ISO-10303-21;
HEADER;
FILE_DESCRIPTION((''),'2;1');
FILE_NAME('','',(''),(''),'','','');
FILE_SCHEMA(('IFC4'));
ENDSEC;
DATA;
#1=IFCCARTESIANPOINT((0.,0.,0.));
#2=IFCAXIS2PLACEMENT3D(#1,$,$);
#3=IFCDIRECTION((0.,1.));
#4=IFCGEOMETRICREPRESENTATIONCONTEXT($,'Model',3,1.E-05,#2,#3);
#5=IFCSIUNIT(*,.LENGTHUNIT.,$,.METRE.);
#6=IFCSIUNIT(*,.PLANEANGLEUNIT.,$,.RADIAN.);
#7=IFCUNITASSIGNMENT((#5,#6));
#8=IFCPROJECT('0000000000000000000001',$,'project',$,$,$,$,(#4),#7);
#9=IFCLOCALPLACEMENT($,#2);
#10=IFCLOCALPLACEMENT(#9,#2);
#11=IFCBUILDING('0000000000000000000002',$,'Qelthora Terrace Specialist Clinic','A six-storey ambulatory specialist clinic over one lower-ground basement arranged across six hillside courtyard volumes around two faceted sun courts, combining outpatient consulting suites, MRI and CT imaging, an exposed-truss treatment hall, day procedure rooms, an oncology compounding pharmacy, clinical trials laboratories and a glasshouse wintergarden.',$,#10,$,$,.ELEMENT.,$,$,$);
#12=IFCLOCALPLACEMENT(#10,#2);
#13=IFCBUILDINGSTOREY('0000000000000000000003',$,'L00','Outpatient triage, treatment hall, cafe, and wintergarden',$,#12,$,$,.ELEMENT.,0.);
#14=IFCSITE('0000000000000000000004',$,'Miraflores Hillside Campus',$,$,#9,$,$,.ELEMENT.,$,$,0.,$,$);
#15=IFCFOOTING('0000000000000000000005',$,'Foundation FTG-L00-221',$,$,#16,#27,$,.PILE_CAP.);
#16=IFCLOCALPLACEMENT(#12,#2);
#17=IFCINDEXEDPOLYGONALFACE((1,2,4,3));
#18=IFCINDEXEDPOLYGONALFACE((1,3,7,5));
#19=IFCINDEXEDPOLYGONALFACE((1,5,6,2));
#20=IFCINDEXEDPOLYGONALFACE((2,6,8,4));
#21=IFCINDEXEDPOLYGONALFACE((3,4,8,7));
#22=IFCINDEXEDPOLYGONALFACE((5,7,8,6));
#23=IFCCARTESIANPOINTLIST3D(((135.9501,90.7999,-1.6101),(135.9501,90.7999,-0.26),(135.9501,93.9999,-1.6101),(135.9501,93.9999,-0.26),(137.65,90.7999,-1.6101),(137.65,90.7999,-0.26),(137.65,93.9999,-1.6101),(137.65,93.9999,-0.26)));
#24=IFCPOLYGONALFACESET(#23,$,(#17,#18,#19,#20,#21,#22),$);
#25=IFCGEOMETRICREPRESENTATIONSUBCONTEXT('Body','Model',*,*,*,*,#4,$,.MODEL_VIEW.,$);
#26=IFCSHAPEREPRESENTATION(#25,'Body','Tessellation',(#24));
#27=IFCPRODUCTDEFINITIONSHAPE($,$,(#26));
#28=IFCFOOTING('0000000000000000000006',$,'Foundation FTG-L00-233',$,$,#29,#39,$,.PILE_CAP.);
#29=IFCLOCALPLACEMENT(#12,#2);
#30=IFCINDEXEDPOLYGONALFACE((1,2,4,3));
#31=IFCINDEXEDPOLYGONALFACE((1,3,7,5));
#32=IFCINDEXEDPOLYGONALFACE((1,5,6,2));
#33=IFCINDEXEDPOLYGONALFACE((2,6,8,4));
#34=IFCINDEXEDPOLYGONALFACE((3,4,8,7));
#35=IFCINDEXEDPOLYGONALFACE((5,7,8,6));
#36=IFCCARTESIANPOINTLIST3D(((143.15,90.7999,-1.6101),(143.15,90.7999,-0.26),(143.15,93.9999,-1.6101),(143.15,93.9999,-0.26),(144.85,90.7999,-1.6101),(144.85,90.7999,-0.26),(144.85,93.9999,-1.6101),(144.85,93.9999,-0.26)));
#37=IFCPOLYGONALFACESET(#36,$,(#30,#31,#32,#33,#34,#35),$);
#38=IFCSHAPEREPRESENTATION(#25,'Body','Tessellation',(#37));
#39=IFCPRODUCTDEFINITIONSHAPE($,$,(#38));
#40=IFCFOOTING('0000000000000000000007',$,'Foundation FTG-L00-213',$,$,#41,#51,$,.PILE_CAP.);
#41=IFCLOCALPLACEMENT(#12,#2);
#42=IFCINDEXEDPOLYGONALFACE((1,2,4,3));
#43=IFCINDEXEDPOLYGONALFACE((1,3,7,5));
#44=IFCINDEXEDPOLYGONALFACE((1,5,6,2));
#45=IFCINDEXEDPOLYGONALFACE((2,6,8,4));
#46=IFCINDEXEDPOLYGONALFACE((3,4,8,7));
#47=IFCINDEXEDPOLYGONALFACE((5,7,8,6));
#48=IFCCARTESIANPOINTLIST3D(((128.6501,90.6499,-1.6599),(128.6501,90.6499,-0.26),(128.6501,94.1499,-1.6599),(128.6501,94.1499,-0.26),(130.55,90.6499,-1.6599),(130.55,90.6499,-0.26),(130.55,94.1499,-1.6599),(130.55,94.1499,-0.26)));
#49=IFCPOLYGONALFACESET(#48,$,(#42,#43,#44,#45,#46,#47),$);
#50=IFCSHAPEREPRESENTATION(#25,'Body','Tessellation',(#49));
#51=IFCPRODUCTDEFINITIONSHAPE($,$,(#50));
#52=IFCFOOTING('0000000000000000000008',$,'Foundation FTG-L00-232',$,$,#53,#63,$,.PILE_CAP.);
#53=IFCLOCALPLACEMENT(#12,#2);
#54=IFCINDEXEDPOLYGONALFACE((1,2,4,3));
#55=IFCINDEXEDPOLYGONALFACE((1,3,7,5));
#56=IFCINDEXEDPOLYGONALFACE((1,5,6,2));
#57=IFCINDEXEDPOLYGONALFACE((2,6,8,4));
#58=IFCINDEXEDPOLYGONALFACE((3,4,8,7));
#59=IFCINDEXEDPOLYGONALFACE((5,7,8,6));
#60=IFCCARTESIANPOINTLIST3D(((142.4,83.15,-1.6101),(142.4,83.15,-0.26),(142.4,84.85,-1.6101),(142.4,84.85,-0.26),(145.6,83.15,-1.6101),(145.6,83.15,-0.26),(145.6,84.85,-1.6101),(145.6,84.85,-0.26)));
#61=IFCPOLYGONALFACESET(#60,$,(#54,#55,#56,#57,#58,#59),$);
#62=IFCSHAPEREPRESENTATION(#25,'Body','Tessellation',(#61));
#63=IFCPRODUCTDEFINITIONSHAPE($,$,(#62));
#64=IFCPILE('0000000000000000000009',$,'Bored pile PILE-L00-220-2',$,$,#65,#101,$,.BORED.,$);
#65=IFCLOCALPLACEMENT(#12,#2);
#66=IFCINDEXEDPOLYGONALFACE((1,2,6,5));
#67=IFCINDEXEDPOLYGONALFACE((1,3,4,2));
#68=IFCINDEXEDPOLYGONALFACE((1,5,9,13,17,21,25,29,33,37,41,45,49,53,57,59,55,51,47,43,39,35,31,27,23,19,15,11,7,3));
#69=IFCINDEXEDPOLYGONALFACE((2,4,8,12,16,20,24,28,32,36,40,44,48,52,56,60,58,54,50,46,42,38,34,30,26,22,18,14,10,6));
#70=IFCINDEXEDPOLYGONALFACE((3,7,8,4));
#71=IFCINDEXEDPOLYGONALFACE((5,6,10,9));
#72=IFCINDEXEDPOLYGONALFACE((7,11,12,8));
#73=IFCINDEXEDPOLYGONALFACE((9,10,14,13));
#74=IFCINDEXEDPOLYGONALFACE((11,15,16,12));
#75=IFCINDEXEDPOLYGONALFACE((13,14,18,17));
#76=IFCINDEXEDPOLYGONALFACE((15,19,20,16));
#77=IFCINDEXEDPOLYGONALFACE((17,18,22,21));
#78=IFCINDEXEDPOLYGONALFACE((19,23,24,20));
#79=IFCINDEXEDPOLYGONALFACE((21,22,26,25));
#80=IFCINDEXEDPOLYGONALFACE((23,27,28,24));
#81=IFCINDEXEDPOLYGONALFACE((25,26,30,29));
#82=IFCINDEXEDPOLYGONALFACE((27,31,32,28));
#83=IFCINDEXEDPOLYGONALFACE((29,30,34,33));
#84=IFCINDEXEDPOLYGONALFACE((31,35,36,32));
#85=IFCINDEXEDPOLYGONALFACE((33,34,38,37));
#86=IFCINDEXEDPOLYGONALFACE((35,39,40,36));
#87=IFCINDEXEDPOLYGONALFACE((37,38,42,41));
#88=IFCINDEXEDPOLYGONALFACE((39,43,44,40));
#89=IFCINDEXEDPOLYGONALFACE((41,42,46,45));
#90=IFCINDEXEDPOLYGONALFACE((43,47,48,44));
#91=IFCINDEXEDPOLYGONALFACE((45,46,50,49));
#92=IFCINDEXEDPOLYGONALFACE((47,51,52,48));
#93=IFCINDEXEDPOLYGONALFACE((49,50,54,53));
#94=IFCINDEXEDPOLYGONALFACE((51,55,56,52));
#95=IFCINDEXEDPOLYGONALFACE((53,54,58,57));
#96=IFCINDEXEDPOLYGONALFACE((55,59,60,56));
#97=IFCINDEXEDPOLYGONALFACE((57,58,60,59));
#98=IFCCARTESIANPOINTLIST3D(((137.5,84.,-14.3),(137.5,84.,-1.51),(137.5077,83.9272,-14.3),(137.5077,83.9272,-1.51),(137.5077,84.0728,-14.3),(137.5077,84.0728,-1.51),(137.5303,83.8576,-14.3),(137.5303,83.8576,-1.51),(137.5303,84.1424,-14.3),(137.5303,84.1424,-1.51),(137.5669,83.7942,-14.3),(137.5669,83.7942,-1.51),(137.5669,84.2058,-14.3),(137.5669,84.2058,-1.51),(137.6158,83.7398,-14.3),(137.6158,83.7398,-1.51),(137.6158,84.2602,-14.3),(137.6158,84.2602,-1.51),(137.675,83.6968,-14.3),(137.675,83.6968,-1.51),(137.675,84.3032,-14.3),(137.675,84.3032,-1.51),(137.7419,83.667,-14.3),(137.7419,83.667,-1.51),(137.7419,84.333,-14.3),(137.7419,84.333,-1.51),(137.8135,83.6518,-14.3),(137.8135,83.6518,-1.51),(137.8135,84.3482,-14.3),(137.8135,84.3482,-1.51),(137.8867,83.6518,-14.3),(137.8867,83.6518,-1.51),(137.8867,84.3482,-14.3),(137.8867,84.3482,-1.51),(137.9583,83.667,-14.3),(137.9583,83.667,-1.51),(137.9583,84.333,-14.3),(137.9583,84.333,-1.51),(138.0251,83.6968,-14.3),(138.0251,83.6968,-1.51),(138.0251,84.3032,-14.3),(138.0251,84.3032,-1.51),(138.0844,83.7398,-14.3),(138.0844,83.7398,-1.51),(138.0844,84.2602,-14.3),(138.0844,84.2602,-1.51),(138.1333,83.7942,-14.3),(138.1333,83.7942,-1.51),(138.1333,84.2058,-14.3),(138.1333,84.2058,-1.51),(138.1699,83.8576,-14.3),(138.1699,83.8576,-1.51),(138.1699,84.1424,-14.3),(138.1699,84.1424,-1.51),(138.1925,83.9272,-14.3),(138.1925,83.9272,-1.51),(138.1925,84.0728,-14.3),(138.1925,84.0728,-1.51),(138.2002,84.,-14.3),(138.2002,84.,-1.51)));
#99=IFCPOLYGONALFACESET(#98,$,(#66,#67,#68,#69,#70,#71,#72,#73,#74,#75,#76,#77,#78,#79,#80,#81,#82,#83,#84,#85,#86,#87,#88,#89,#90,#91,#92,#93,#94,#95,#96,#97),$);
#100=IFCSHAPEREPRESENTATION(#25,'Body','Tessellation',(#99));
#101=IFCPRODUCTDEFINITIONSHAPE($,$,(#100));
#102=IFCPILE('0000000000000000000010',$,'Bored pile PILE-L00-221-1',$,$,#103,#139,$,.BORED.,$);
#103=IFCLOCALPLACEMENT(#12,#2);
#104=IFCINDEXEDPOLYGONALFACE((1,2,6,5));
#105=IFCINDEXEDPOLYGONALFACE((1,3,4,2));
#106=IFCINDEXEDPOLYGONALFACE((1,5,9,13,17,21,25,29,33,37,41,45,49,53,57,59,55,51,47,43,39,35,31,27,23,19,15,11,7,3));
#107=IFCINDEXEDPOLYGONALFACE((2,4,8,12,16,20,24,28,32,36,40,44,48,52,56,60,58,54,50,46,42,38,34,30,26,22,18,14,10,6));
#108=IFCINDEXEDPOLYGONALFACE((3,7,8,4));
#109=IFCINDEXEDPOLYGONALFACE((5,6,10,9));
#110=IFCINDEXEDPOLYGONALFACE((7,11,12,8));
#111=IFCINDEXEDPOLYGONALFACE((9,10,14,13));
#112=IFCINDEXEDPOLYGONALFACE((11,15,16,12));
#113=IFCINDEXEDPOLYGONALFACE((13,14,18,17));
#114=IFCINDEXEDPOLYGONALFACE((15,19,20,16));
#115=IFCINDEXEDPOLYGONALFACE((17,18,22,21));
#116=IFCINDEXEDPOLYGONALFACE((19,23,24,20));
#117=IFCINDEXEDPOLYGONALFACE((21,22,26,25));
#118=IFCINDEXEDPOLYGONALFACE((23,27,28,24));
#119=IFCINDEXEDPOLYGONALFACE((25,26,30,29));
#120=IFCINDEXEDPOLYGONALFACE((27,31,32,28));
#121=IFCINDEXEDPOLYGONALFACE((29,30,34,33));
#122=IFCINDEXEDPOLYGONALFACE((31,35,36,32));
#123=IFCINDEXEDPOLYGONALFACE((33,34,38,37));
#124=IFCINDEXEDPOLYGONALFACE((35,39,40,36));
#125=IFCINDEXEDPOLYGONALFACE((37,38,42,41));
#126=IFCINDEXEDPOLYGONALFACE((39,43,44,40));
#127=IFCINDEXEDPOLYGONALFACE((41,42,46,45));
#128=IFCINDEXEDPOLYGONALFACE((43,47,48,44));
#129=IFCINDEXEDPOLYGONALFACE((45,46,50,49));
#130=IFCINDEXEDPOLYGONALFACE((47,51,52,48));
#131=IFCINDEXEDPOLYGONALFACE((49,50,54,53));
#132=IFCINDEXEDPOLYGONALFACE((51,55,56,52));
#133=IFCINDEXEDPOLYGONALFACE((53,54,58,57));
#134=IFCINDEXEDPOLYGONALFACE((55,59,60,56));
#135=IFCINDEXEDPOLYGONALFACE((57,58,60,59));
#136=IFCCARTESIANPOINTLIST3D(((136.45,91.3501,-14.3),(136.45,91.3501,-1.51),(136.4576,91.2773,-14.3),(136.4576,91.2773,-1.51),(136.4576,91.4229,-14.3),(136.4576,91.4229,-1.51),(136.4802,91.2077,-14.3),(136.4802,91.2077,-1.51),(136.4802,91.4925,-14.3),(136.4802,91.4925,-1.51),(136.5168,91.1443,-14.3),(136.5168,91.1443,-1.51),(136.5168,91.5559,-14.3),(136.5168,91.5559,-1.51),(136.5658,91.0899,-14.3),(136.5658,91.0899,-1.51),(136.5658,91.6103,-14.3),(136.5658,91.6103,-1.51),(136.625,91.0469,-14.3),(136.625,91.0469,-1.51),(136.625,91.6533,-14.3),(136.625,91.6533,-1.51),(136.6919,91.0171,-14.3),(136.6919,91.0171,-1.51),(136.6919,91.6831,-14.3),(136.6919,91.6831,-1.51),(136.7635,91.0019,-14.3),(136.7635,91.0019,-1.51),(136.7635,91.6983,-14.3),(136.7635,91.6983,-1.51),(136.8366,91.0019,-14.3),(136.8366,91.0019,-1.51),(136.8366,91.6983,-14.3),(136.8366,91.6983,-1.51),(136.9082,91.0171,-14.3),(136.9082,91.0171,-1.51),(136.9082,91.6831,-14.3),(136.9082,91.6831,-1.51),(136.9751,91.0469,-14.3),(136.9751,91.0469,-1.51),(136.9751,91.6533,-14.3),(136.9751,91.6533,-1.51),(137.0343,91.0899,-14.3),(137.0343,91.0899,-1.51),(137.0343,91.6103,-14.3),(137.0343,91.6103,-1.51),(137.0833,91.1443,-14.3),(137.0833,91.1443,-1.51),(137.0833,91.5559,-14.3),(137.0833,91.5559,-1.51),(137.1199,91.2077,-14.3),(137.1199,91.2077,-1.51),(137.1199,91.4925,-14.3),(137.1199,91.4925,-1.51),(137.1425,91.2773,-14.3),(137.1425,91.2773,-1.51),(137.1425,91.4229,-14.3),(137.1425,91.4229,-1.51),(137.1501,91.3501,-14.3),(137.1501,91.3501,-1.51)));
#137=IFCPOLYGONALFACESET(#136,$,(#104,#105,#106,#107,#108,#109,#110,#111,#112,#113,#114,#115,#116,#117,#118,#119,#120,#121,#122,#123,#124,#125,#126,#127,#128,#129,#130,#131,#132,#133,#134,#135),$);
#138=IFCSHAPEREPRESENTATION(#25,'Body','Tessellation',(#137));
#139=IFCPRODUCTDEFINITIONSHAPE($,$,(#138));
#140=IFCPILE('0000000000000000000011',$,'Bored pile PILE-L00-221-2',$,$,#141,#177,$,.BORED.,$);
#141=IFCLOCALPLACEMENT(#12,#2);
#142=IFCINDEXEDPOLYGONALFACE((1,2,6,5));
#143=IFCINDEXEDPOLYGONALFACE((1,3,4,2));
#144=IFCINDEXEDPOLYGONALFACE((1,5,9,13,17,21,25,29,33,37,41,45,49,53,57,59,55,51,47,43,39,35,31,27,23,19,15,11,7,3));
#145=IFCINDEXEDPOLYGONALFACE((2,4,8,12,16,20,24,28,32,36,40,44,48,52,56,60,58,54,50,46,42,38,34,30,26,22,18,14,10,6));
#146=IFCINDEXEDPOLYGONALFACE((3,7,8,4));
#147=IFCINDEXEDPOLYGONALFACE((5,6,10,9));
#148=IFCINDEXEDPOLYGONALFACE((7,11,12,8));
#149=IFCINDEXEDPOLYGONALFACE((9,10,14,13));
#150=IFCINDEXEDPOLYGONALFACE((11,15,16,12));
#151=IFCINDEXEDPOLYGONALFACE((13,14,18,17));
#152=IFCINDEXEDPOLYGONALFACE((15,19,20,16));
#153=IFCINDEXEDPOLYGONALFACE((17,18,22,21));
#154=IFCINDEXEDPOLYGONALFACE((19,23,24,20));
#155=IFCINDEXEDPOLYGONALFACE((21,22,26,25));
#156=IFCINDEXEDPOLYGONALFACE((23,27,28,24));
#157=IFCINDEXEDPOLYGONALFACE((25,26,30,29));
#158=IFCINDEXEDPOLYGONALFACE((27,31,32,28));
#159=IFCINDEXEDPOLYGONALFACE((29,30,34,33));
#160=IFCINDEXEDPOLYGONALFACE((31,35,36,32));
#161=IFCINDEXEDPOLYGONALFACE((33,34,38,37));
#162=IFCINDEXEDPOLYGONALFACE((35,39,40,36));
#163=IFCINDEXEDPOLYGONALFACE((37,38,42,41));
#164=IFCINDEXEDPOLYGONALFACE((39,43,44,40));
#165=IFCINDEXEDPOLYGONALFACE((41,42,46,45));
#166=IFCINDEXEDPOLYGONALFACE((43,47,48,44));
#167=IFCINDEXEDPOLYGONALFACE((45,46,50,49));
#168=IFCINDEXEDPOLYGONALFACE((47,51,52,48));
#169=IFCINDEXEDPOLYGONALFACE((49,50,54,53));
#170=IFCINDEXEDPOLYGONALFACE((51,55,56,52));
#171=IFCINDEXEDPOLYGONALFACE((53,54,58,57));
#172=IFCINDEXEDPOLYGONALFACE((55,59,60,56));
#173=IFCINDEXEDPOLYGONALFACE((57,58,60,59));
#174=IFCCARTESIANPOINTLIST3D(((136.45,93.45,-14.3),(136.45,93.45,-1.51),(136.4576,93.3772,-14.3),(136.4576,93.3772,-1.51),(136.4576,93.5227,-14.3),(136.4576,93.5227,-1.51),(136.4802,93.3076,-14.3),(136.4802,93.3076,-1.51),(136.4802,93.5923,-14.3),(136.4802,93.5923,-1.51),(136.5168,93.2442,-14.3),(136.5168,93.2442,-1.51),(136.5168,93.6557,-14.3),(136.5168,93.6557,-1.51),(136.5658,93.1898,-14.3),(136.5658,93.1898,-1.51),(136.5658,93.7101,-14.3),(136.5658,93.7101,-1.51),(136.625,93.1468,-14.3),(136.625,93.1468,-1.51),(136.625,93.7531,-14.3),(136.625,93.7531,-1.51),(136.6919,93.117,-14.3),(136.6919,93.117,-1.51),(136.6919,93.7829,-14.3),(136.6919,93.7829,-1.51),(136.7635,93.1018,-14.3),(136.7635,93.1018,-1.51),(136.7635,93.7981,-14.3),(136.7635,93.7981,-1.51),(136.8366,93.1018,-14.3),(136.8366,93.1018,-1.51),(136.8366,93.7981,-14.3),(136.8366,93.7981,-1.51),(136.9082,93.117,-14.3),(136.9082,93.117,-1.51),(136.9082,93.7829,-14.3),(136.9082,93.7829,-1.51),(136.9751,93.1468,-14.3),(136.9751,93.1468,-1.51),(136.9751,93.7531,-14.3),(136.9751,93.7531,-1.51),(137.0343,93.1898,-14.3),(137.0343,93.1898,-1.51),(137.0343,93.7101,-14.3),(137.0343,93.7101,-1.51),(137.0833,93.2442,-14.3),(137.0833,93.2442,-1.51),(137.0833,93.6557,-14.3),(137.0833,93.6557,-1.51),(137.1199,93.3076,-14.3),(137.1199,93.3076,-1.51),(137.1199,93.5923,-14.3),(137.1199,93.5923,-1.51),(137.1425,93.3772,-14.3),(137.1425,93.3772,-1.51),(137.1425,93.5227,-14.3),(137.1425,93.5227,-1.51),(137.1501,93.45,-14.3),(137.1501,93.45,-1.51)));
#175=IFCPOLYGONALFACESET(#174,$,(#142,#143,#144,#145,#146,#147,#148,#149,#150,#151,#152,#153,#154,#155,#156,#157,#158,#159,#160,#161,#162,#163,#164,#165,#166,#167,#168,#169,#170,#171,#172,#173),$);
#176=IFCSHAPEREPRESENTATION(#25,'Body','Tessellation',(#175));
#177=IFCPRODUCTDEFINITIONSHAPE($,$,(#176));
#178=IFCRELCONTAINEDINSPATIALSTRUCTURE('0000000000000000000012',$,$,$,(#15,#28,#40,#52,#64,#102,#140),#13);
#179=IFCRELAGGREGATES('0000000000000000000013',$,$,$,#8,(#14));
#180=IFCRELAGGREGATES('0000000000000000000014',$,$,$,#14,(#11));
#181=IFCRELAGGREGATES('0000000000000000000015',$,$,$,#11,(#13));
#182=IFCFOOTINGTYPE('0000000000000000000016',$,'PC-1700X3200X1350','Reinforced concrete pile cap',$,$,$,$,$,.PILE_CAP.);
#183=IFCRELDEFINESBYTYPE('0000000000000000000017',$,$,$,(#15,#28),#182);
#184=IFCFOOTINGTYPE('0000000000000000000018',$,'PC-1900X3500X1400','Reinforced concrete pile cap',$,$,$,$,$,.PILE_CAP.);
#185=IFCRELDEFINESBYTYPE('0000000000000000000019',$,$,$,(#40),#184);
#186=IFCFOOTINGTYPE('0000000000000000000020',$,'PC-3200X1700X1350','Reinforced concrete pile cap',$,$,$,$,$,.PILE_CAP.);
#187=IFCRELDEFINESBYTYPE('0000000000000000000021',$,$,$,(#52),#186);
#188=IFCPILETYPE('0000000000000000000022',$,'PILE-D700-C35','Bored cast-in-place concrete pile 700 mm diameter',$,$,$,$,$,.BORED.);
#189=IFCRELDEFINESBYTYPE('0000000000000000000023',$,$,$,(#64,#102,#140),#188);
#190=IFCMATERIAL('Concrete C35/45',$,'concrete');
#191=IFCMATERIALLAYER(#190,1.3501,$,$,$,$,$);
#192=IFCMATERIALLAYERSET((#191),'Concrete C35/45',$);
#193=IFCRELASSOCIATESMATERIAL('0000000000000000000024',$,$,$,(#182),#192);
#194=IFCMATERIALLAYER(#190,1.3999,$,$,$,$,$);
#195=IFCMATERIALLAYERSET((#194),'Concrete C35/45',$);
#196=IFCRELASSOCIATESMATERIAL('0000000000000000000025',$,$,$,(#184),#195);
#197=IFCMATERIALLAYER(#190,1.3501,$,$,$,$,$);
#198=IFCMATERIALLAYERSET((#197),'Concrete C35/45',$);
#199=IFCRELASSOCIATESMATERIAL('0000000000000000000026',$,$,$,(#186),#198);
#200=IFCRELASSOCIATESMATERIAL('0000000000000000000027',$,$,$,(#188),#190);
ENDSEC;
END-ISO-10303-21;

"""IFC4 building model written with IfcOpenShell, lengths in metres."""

from ifc_helpers import new_model, si_unit, direction, frame, origin, origin_2d, place, context, subcontext, project, spatial, rectangle, circle, extrude, material, layer, layer_set, material_profile, profile_set, type_object, element, save


model = new_model("IFC4")

# Units and contexts
model_context = context("Model", 3, precision=1e-05, world=origin(), true_north=direction((0.0, 1.0)))
body_context = subcontext(model_context, "Body", "Model", "MODEL_VIEW")
ifc_project = project(units=[si_unit("LENGTHUNIT", "METRE"), si_unit("PLANEANGLEUNIT", "RADIAN")], contexts=[model_context])

# Site, building, storey
site_placement = place(None, origin())
site = spatial("IfcSite", under=ifc_project, at=site_placement, Name="Miraflores Hillside Campus", CompositionType="ELEMENT", RefElevation=0.0)
building_placement = place(site_placement, origin())
building = spatial("IfcBuilding", under=site, at=building_placement, Name="Qelthora Terrace Specialist Clinic", Description="A six-storey ambulatory specialist clinic over one lower-ground basement arranged across six hillside courtyard volumes around two faceted sun courts, combining outpatient consulting suites, MRI and CT imaging, an exposed-truss treatment hall, day procedure rooms, an oncology compounding pharmacy, clinical trials laboratories and a glasshouse wintergarden.", CompositionType="ELEMENT")
storey_placement = place(building_placement, origin())
storey = spatial("IfcBuildingStorey", under=building, at=storey_placement, Name="L00", Description="Outpatient triage, treatment hall, cafe, and wintergarden", CompositionType="ELEMENT", Elevation=0.0)

# Footings
ifc_material_1 = material(Name="Concrete C35/45", Category="concrete")
ifc_layer_1 = layer(ifc_material_1, 1.3501)
ifc_layer_set_1 = layer_set([ifc_layer_1], Name="Concrete C35/45")
footing_type_1 = type_object("IfcFootingType", Name="PC-1700X3200X1350", Description="Reinforced concrete pile cap", PredefinedType="PILE_CAP", material=ifc_layer_set_1)
for number, where, z_axis, x_axis, name in (
    (1, (136.8, 92.3999, -1.6101), (0.0, 0.0, 1.0), (1.0, 0.0, 0.0), "Foundation FTG-L00-221"),
    (2, (144.0, 92.3999, -1.6101), (0.0, 0.0, 1.0), (1.0, 0.0, 0.0), "Foundation FTG-L00-233"),
):
    element("IfcFooting", number, at=place(storey_placement, frame(where, z_axis=z_axis, x_axis=x_axis)), inside=storey, type_object=footing_type_1, Name=name, PredefinedType="PILE_CAP", context=body_context, shape_type="SweptSolid", body=[
        extrude(rectangle(XDim=1.7, YDim=3.2, at=origin_2d()), origin(), (0.0, 0.0, 1.0), 1.3501),
    ])
ifc_layer_2 = layer(ifc_material_1, 1.3999)
ifc_layer_set_2 = layer_set([ifc_layer_2], Name="Concrete C35/45")
footing_type_2 = type_object("IfcFootingType", Name="PC-1900X3500X1400", Description="Reinforced concrete pile cap", PredefinedType="PILE_CAP", material=ifc_layer_set_2)
footing_1_placement = place(storey_placement, frame((129.6001, 92.3999, -1.6599), z_axis=(0.0, 0.0, 1.0), x_axis=(1.0, 0.0, 0.0)))
element("IfcFooting", 3, at=footing_1_placement, inside=storey, type_object=footing_type_2, Name="Foundation FTG-L00-213", PredefinedType="PILE_CAP", context=body_context, shape_type="SweptSolid", body=[
    extrude(rectangle(XDim=1.8999, YDim=3.5, at=origin_2d()), origin(), (0.0, 0.0, 1.0), 1.3999),
])
ifc_layer_3 = layer(ifc_material_1, 1.3501)
ifc_layer_set_3 = layer_set([ifc_layer_3], Name="Concrete C35/45")
footing_type_3 = type_object("IfcFootingType", Name="PC-3200X1700X1350", Description="Reinforced concrete pile cap", PredefinedType="PILE_CAP", material=ifc_layer_set_3)
footing_2_placement = place(storey_placement, frame((144.0, 84.0, -1.6101), z_axis=(0.0, 0.0, 1.0), x_axis=(1.0, 0.0, 0.0)))
element("IfcFooting", 4, at=footing_2_placement, inside=storey, type_object=footing_type_3, Name="Foundation FTG-L00-232", PredefinedType="PILE_CAP", context=body_context, shape_type="SweptSolid", body=[
    extrude(rectangle(XDim=3.2, YDim=1.7, at=origin_2d()), origin(), (0.0, 0.0, 1.0), 1.3501),
])

# Piles
ifc_material_profile_1 = material_profile(ifc_material_1, circle(Radius=0.3501, at=origin_2d()), Name="PILE700")
ifc_profile_set_1 = profile_set([ifc_material_profile_1], Name="Concrete C35/45")
pile_type_1 = type_object("IfcPileType", Name="PILE-D700-C35", Description="Bored cast-in-place concrete pile 700 mm diameter", PredefinedType="BORED", material=ifc_profile_set_1)
for number, where, z_axis, x_axis, name in (
    (5, (137.8501, 84.0, -1.51), (0.0, 0.0, -1.0), (1.0, 0.0, 0.0), "Bored pile PILE-L00-220-2"),
    (6, (136.8, 91.3501, -1.51), (0.0, 0.0, -1.0), (1.0, 0.0, 0.0), "Bored pile PILE-L00-221-1"),
    (7, (136.8, 93.45, -1.51), (0.0, 0.0, -1.0), (1.0, 0.0, 0.0), "Bored pile PILE-L00-221-2"),
):
    element("IfcPile", number, at=place(storey_placement, frame(where, z_axis=z_axis, x_axis=x_axis)), inside=storey, type_object=pile_type_1, Name=name, PredefinedType="BORED", context=body_context, shape_type="SweptSolid", body=[
        extrude(circle(Radius=0.3501, at=origin_2d()), origin(), (0.0, 0.0, 1.0), 12.79),
    ])

save(model, "model.ifc")
